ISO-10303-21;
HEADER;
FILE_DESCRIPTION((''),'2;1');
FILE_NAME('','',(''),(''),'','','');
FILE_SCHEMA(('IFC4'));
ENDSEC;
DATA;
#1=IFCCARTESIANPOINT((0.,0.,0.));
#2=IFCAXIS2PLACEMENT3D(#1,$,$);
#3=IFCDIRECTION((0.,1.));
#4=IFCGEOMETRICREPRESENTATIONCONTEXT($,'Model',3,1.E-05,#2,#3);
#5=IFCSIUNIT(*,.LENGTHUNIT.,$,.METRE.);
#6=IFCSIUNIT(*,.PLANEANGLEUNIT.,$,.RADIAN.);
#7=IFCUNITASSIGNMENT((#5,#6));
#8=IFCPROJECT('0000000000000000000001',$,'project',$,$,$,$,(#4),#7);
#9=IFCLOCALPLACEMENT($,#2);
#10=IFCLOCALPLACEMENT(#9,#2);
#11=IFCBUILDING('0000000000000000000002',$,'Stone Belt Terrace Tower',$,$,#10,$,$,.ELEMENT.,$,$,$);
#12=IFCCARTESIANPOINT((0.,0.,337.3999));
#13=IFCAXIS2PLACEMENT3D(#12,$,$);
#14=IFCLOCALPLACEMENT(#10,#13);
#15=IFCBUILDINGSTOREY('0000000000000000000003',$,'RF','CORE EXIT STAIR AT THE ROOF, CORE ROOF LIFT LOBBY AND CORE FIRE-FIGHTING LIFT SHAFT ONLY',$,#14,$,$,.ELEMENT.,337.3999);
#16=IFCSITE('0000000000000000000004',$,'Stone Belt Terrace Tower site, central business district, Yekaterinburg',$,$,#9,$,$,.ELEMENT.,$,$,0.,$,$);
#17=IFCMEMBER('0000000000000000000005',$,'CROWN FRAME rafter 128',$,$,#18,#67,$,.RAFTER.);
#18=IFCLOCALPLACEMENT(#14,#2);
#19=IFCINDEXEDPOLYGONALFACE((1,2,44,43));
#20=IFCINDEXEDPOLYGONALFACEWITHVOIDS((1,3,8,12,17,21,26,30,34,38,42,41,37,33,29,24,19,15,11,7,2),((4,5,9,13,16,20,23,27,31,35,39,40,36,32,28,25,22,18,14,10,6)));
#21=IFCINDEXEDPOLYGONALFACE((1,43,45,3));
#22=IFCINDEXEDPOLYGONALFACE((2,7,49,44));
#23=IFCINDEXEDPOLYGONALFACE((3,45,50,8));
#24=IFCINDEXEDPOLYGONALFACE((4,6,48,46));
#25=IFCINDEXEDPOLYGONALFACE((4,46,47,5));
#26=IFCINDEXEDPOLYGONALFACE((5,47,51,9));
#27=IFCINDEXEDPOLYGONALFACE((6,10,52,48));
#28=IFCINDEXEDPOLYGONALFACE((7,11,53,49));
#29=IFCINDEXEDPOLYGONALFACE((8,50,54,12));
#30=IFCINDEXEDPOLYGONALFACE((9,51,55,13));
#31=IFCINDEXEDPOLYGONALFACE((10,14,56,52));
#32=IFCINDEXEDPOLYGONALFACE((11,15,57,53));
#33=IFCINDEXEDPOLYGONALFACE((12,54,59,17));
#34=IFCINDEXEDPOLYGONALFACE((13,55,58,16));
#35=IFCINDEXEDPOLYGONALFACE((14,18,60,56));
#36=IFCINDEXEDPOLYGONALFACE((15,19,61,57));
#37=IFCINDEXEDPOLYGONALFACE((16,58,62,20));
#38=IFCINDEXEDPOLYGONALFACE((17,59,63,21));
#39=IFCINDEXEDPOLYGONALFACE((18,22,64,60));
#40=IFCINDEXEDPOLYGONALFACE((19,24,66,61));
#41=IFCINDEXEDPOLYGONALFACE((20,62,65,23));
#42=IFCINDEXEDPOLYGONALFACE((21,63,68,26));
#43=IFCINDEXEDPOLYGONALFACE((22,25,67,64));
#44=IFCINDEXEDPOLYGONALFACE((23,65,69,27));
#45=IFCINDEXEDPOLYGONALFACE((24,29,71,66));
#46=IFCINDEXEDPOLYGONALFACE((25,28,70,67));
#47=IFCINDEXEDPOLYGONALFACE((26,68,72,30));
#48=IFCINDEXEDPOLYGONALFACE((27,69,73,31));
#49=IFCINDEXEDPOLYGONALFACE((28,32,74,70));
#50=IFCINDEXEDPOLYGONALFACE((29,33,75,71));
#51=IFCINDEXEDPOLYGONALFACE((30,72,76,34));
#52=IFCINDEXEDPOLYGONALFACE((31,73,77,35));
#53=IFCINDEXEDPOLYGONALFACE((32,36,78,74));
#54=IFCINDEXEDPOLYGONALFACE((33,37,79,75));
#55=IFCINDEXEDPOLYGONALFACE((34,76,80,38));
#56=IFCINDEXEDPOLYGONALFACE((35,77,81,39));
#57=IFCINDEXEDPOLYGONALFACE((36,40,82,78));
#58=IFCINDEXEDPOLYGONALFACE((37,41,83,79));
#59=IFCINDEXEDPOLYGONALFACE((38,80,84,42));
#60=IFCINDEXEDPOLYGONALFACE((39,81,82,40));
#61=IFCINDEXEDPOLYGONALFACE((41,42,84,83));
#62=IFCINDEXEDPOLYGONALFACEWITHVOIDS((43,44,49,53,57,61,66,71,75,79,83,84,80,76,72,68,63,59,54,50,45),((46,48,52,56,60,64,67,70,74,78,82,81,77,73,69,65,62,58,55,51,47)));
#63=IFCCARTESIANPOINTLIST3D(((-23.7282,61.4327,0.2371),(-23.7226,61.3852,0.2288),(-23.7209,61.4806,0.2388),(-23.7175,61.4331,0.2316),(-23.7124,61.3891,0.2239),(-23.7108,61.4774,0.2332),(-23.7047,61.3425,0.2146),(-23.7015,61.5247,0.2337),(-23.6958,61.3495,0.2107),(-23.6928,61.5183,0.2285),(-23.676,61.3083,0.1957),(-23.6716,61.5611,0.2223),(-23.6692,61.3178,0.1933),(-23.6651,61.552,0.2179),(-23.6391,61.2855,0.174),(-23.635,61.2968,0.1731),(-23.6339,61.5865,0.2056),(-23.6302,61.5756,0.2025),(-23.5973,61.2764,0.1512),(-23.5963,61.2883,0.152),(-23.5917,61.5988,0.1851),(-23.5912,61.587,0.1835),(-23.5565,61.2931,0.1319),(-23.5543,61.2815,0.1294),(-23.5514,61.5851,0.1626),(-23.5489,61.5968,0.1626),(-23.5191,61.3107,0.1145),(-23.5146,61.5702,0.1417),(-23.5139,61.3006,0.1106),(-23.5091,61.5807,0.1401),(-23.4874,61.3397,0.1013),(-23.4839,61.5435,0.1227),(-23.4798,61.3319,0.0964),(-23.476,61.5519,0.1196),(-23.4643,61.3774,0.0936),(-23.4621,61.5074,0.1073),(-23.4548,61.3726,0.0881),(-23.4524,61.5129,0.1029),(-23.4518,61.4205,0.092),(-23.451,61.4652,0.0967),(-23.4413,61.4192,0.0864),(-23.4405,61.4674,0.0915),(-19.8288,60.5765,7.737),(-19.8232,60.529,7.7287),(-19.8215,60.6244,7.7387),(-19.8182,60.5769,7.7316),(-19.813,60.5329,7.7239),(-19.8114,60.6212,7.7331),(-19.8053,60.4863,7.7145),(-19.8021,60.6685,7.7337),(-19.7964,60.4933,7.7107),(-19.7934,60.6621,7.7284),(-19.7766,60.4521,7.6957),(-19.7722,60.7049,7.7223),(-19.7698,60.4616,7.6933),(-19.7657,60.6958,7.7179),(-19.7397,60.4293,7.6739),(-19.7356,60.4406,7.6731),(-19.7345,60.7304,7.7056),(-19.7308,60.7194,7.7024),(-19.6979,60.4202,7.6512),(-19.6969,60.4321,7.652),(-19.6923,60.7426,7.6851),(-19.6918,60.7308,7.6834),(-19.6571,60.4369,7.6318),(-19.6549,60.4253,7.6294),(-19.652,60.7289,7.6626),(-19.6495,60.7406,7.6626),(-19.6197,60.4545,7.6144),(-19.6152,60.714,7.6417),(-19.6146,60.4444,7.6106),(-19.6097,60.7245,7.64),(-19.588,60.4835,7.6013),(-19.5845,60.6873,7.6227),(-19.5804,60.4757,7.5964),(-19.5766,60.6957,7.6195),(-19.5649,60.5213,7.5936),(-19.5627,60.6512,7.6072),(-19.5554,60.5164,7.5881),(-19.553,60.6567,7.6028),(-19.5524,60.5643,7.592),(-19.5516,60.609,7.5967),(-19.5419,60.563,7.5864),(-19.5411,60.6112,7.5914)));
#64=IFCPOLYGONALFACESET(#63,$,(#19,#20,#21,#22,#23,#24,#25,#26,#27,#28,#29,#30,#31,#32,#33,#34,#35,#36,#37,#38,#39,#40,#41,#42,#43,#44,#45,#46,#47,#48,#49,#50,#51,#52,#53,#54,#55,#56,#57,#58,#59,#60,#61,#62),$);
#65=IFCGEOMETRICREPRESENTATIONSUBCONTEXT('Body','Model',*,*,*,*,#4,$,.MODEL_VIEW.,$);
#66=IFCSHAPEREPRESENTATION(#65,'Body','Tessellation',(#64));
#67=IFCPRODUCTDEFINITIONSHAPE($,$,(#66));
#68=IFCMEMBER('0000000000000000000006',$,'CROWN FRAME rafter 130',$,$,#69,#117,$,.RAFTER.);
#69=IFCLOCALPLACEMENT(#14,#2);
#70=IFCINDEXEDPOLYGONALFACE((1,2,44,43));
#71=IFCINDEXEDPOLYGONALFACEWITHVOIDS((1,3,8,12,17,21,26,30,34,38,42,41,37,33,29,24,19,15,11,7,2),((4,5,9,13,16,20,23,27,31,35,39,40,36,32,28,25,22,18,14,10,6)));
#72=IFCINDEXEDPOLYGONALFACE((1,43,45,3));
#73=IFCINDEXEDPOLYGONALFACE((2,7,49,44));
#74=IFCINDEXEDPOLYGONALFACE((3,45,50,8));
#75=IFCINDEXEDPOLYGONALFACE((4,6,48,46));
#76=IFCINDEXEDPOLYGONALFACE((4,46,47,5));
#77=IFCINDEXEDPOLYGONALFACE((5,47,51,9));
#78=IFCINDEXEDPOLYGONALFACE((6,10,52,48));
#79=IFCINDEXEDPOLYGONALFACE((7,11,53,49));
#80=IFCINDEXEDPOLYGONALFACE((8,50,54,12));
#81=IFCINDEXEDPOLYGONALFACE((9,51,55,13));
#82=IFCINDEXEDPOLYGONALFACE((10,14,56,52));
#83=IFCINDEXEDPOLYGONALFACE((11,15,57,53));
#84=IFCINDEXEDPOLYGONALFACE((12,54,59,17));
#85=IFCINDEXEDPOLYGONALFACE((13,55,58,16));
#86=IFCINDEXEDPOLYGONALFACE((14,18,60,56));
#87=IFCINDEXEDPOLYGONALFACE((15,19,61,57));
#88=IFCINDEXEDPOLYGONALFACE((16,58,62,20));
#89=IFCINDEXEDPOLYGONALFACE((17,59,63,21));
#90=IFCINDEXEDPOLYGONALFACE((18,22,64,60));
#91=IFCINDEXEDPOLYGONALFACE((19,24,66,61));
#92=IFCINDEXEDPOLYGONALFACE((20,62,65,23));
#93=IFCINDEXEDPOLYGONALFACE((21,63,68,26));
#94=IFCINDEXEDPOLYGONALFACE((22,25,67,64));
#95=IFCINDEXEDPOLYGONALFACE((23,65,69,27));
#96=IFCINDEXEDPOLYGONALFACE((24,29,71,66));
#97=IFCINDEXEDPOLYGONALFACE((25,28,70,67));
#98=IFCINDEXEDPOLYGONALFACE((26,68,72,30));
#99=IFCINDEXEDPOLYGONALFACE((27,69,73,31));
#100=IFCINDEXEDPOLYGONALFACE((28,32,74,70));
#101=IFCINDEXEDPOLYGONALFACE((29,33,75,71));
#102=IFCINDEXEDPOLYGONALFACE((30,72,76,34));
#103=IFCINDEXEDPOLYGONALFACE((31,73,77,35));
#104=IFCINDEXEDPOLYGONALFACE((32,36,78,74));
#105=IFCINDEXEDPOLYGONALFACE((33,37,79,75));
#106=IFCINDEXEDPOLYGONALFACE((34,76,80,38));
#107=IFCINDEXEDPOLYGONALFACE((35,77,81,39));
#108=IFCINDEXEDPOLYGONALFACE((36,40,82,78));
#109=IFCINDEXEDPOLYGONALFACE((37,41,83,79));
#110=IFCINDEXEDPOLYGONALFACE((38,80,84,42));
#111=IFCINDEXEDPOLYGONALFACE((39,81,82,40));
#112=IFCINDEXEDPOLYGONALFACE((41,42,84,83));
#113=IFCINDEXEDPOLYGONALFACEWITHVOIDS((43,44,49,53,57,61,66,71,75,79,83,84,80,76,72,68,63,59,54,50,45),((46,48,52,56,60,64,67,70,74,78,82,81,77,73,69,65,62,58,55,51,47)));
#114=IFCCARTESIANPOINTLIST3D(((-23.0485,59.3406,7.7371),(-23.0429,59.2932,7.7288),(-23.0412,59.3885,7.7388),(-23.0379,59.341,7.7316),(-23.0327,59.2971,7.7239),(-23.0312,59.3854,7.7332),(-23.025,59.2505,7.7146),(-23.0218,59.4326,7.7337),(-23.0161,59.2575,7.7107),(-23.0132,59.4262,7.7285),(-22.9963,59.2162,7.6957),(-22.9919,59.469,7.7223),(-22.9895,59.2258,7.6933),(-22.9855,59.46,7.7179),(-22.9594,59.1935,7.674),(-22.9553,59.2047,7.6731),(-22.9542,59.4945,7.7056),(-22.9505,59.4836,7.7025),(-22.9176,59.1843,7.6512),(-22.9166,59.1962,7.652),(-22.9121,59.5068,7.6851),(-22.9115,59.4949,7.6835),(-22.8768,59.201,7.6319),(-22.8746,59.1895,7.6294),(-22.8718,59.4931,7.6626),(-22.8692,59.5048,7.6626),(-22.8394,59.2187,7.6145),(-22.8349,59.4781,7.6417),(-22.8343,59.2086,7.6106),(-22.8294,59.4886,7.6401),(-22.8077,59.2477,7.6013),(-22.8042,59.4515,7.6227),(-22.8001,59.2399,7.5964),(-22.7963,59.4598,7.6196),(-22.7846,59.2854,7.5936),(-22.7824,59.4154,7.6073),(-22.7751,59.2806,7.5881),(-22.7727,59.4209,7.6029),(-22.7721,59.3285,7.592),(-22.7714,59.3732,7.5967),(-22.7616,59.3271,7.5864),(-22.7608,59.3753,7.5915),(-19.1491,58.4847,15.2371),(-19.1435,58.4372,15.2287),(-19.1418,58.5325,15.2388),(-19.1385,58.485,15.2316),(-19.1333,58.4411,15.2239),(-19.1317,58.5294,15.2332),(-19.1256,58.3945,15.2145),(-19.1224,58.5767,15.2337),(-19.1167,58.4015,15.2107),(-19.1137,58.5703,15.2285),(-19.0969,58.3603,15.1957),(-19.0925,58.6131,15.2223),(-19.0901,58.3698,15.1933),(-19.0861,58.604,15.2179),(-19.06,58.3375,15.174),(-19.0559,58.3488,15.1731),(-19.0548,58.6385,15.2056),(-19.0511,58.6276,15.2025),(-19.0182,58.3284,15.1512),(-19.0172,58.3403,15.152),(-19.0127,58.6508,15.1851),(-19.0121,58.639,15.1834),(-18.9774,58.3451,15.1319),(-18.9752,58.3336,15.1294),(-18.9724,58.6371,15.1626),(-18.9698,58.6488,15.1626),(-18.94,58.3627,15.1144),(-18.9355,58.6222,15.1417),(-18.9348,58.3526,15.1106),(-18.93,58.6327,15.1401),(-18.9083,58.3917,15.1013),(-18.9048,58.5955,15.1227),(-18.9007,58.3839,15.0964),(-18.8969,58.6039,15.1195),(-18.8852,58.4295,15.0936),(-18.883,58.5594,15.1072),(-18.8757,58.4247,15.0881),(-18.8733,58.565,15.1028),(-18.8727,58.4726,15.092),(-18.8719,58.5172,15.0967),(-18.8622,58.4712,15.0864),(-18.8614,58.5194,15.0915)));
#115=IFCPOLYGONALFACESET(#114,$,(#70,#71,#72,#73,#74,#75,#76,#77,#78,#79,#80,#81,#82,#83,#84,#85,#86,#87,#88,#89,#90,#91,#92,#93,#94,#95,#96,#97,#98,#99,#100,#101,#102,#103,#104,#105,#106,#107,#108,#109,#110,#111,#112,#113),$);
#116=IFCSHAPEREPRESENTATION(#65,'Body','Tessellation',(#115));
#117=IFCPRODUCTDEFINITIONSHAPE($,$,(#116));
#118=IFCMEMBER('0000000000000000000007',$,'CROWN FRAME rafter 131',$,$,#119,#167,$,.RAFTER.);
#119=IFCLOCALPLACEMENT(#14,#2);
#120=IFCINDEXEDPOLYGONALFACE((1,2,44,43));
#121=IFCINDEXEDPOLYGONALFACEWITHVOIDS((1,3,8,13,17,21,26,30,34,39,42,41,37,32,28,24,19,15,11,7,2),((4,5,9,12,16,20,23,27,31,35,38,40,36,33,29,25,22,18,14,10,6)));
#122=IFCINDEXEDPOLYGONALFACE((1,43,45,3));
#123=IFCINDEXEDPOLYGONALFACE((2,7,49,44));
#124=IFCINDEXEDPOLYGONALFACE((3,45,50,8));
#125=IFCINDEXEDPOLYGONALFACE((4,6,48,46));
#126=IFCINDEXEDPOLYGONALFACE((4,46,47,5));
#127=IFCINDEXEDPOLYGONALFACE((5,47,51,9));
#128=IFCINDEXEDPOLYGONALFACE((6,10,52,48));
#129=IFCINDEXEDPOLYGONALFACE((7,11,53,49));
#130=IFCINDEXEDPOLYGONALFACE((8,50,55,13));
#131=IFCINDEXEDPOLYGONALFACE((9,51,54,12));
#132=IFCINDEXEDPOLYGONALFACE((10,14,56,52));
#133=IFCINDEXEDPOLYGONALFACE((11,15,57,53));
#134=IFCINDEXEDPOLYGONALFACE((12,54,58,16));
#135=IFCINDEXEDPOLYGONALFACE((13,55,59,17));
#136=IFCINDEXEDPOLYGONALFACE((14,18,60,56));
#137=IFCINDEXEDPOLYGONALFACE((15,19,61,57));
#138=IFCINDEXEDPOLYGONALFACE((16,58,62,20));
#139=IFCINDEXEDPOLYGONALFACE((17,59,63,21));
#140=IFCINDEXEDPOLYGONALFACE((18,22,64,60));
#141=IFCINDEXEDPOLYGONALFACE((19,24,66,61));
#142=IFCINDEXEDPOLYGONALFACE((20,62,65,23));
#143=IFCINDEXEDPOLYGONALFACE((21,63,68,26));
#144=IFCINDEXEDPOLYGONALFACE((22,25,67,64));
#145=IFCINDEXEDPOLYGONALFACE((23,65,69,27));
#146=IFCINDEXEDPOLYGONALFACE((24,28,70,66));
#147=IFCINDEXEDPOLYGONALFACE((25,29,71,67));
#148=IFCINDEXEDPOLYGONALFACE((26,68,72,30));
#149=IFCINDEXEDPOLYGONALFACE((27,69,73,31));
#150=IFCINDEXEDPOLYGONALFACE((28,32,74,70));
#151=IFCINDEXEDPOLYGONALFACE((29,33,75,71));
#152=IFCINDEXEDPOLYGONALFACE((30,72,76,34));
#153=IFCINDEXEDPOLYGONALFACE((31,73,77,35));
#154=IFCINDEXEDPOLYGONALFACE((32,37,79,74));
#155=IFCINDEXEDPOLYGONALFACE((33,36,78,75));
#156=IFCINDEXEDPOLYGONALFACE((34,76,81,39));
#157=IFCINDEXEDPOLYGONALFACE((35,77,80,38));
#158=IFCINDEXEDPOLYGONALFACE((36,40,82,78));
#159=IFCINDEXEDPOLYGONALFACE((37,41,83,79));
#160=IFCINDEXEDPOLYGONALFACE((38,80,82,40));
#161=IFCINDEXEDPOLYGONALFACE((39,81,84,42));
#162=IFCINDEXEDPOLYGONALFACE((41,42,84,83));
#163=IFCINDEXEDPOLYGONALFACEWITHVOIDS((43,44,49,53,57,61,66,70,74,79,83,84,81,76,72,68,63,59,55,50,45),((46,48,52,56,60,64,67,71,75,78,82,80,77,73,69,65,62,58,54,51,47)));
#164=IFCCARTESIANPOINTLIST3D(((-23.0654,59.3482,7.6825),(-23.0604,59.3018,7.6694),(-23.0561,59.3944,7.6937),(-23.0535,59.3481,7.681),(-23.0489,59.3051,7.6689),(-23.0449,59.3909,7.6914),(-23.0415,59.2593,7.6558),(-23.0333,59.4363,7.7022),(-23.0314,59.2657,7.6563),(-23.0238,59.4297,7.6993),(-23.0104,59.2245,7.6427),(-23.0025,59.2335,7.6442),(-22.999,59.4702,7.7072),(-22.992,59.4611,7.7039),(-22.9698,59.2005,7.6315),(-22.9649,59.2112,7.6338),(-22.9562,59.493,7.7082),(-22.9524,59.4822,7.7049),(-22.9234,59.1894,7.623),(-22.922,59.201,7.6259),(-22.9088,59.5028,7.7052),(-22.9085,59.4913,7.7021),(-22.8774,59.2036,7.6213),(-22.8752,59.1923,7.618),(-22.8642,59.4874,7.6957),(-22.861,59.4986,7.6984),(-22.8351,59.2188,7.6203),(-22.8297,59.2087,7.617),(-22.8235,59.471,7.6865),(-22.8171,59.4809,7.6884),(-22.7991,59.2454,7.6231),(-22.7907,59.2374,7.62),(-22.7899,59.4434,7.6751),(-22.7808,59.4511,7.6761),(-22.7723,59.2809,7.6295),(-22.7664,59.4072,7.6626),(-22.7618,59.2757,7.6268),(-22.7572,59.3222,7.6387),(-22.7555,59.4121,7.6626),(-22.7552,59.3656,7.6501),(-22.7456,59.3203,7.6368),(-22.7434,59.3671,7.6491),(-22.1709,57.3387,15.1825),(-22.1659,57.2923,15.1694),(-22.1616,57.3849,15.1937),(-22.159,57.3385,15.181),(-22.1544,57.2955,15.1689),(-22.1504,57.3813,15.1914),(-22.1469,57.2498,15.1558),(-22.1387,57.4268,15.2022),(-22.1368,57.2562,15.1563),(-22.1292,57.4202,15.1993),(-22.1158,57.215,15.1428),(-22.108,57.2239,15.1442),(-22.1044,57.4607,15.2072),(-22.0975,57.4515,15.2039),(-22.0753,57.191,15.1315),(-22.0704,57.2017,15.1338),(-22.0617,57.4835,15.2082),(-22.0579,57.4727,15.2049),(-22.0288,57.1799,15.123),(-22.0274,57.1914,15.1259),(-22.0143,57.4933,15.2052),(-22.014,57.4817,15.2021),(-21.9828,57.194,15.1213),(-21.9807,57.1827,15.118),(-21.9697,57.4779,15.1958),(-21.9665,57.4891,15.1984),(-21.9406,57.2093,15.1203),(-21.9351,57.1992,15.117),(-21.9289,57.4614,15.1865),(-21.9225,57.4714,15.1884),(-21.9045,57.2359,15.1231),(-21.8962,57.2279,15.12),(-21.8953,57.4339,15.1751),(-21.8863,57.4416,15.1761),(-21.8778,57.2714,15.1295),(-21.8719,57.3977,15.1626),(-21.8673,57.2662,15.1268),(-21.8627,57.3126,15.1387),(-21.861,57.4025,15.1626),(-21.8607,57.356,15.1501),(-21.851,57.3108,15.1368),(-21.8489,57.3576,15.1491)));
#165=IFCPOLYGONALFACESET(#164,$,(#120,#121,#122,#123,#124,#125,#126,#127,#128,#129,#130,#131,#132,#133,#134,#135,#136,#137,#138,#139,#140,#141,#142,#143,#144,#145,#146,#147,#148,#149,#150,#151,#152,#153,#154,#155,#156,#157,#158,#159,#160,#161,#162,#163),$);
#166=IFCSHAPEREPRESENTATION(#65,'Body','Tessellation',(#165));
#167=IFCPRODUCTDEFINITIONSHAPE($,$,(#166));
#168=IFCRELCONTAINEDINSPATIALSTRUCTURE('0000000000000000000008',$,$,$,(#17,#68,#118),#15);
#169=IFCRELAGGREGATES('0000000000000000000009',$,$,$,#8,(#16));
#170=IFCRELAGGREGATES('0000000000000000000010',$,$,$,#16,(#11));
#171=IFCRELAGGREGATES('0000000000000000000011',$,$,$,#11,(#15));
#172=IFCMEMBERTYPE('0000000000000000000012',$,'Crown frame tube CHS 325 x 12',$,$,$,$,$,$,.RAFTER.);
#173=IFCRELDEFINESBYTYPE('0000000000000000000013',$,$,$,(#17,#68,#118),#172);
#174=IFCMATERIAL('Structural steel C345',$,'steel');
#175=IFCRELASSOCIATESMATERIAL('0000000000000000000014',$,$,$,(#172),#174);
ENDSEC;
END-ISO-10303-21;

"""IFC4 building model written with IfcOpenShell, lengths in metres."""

from ifc_helpers import new_model, si_unit, direction, frame, origin, origin_2d, place, context, subcontext, project, spatial, hollow_circle, extrude, material, material_profile, profile_set, type_object, element, save


model = new_model("IFC4")

# Units and contexts
model_context = context("Model", 3, precision=1e-05, world=origin(), true_north=direction((0.0, 1.0)))
body_context = subcontext(model_context, "Body", "Model", "MODEL_VIEW")
ifc_project = project(units=[si_unit("LENGTHUNIT", "METRE"), si_unit("PLANEANGLEUNIT", "RADIAN")], contexts=[model_context])

# Site, building, storey
site_placement = place(None, origin())
site = spatial("IfcSite", under=ifc_project, at=site_placement, Name="Stone Belt Terrace Tower site, central business district, Yekaterinburg", CompositionType="ELEMENT", RefElevation=0.0)
building_placement = place(site_placement, origin())
building = spatial("IfcBuilding", under=site, at=building_placement, Name="Stone Belt Terrace Tower", CompositionType="ELEMENT")
storey_placement = place(building_placement, frame((0.0, 0.0, 337.3999)))
storey = spatial("IfcBuildingStorey", under=building, at=storey_placement, Name="RF", Description="CORE EXIT STAIR AT THE ROOF, CORE ROOF LIFT LOBBY AND CORE FIRE-FIGHTING LIFT SHAFT ONLY", CompositionType="ELEMENT", Elevation=337.3999)

# Members
ifc_material_1 = material(Name="Structural steel C345", Category="steel")
ifc_material_profile_1 = material_profile(ifc_material_1, hollow_circle(Radius=0.1626, WallThickness=0.012, at=origin_2d()), Name="Structural steel C345 CHS 325x12")
ifc_profile_set_1 = profile_set([ifc_material_profile_1], Name="Structural steel C345")
member_type_1 = type_object("IfcMemberType", Name="Crown frame tube CHS 325 x 12", PredefinedType="RAFTER", material=ifc_profile_set_1)
for number, where, z_axis, x_axis, name in (
    (1, (-23.5837, 61.438, 0.1626), (0.45895, -0.100772, 0.882729), (0.214463, 0.976732, 0.0), "CROWN FRAME rafter 128"),
    (2, (-22.9041, 59.3459, 7.6626), (0.458951, -0.100744, 0.882731), (0.214404, 0.976745, 0.0), "CROWN FRAME rafter 130"),
):
    element("IfcMember", number, at=place(storey_placement, frame(where, z_axis=z_axis, x_axis=x_axis)), inside=storey, type_object=member_type_1, Name=name, PredefinedType="RAFTER", context=body_context, shape_type="SweptSolid", body=[
        extrude(hollow_circle(Radius=0.1626, WallThickness=0.012, at=origin_2d()), origin(), (0.0, 0.0, 1.0), 8.4963),
    ])
for number, where, z_axis, x_axis, name in (
    (3, (-22.9041, 59.3459, 7.6626), (0.11445, -0.257107, 0.959582), (0.913573, 0.406674, 0.0), "CROWN FRAME rafter 131"),
):
    element("IfcMember", number, at=place(storey_placement, frame(where, z_axis=z_axis, x_axis=x_axis)), inside=storey, type_object=member_type_1, Name=name, PredefinedType="RAFTER", context=body_context, shape_type="SweptSolid", body=[
        extrude(hollow_circle(Radius=0.1626, WallThickness=0.012, at=origin_2d()), origin(), (0.0, 0.0, 1.0), 7.8159),
    ])

save(model, "model.ifc")
